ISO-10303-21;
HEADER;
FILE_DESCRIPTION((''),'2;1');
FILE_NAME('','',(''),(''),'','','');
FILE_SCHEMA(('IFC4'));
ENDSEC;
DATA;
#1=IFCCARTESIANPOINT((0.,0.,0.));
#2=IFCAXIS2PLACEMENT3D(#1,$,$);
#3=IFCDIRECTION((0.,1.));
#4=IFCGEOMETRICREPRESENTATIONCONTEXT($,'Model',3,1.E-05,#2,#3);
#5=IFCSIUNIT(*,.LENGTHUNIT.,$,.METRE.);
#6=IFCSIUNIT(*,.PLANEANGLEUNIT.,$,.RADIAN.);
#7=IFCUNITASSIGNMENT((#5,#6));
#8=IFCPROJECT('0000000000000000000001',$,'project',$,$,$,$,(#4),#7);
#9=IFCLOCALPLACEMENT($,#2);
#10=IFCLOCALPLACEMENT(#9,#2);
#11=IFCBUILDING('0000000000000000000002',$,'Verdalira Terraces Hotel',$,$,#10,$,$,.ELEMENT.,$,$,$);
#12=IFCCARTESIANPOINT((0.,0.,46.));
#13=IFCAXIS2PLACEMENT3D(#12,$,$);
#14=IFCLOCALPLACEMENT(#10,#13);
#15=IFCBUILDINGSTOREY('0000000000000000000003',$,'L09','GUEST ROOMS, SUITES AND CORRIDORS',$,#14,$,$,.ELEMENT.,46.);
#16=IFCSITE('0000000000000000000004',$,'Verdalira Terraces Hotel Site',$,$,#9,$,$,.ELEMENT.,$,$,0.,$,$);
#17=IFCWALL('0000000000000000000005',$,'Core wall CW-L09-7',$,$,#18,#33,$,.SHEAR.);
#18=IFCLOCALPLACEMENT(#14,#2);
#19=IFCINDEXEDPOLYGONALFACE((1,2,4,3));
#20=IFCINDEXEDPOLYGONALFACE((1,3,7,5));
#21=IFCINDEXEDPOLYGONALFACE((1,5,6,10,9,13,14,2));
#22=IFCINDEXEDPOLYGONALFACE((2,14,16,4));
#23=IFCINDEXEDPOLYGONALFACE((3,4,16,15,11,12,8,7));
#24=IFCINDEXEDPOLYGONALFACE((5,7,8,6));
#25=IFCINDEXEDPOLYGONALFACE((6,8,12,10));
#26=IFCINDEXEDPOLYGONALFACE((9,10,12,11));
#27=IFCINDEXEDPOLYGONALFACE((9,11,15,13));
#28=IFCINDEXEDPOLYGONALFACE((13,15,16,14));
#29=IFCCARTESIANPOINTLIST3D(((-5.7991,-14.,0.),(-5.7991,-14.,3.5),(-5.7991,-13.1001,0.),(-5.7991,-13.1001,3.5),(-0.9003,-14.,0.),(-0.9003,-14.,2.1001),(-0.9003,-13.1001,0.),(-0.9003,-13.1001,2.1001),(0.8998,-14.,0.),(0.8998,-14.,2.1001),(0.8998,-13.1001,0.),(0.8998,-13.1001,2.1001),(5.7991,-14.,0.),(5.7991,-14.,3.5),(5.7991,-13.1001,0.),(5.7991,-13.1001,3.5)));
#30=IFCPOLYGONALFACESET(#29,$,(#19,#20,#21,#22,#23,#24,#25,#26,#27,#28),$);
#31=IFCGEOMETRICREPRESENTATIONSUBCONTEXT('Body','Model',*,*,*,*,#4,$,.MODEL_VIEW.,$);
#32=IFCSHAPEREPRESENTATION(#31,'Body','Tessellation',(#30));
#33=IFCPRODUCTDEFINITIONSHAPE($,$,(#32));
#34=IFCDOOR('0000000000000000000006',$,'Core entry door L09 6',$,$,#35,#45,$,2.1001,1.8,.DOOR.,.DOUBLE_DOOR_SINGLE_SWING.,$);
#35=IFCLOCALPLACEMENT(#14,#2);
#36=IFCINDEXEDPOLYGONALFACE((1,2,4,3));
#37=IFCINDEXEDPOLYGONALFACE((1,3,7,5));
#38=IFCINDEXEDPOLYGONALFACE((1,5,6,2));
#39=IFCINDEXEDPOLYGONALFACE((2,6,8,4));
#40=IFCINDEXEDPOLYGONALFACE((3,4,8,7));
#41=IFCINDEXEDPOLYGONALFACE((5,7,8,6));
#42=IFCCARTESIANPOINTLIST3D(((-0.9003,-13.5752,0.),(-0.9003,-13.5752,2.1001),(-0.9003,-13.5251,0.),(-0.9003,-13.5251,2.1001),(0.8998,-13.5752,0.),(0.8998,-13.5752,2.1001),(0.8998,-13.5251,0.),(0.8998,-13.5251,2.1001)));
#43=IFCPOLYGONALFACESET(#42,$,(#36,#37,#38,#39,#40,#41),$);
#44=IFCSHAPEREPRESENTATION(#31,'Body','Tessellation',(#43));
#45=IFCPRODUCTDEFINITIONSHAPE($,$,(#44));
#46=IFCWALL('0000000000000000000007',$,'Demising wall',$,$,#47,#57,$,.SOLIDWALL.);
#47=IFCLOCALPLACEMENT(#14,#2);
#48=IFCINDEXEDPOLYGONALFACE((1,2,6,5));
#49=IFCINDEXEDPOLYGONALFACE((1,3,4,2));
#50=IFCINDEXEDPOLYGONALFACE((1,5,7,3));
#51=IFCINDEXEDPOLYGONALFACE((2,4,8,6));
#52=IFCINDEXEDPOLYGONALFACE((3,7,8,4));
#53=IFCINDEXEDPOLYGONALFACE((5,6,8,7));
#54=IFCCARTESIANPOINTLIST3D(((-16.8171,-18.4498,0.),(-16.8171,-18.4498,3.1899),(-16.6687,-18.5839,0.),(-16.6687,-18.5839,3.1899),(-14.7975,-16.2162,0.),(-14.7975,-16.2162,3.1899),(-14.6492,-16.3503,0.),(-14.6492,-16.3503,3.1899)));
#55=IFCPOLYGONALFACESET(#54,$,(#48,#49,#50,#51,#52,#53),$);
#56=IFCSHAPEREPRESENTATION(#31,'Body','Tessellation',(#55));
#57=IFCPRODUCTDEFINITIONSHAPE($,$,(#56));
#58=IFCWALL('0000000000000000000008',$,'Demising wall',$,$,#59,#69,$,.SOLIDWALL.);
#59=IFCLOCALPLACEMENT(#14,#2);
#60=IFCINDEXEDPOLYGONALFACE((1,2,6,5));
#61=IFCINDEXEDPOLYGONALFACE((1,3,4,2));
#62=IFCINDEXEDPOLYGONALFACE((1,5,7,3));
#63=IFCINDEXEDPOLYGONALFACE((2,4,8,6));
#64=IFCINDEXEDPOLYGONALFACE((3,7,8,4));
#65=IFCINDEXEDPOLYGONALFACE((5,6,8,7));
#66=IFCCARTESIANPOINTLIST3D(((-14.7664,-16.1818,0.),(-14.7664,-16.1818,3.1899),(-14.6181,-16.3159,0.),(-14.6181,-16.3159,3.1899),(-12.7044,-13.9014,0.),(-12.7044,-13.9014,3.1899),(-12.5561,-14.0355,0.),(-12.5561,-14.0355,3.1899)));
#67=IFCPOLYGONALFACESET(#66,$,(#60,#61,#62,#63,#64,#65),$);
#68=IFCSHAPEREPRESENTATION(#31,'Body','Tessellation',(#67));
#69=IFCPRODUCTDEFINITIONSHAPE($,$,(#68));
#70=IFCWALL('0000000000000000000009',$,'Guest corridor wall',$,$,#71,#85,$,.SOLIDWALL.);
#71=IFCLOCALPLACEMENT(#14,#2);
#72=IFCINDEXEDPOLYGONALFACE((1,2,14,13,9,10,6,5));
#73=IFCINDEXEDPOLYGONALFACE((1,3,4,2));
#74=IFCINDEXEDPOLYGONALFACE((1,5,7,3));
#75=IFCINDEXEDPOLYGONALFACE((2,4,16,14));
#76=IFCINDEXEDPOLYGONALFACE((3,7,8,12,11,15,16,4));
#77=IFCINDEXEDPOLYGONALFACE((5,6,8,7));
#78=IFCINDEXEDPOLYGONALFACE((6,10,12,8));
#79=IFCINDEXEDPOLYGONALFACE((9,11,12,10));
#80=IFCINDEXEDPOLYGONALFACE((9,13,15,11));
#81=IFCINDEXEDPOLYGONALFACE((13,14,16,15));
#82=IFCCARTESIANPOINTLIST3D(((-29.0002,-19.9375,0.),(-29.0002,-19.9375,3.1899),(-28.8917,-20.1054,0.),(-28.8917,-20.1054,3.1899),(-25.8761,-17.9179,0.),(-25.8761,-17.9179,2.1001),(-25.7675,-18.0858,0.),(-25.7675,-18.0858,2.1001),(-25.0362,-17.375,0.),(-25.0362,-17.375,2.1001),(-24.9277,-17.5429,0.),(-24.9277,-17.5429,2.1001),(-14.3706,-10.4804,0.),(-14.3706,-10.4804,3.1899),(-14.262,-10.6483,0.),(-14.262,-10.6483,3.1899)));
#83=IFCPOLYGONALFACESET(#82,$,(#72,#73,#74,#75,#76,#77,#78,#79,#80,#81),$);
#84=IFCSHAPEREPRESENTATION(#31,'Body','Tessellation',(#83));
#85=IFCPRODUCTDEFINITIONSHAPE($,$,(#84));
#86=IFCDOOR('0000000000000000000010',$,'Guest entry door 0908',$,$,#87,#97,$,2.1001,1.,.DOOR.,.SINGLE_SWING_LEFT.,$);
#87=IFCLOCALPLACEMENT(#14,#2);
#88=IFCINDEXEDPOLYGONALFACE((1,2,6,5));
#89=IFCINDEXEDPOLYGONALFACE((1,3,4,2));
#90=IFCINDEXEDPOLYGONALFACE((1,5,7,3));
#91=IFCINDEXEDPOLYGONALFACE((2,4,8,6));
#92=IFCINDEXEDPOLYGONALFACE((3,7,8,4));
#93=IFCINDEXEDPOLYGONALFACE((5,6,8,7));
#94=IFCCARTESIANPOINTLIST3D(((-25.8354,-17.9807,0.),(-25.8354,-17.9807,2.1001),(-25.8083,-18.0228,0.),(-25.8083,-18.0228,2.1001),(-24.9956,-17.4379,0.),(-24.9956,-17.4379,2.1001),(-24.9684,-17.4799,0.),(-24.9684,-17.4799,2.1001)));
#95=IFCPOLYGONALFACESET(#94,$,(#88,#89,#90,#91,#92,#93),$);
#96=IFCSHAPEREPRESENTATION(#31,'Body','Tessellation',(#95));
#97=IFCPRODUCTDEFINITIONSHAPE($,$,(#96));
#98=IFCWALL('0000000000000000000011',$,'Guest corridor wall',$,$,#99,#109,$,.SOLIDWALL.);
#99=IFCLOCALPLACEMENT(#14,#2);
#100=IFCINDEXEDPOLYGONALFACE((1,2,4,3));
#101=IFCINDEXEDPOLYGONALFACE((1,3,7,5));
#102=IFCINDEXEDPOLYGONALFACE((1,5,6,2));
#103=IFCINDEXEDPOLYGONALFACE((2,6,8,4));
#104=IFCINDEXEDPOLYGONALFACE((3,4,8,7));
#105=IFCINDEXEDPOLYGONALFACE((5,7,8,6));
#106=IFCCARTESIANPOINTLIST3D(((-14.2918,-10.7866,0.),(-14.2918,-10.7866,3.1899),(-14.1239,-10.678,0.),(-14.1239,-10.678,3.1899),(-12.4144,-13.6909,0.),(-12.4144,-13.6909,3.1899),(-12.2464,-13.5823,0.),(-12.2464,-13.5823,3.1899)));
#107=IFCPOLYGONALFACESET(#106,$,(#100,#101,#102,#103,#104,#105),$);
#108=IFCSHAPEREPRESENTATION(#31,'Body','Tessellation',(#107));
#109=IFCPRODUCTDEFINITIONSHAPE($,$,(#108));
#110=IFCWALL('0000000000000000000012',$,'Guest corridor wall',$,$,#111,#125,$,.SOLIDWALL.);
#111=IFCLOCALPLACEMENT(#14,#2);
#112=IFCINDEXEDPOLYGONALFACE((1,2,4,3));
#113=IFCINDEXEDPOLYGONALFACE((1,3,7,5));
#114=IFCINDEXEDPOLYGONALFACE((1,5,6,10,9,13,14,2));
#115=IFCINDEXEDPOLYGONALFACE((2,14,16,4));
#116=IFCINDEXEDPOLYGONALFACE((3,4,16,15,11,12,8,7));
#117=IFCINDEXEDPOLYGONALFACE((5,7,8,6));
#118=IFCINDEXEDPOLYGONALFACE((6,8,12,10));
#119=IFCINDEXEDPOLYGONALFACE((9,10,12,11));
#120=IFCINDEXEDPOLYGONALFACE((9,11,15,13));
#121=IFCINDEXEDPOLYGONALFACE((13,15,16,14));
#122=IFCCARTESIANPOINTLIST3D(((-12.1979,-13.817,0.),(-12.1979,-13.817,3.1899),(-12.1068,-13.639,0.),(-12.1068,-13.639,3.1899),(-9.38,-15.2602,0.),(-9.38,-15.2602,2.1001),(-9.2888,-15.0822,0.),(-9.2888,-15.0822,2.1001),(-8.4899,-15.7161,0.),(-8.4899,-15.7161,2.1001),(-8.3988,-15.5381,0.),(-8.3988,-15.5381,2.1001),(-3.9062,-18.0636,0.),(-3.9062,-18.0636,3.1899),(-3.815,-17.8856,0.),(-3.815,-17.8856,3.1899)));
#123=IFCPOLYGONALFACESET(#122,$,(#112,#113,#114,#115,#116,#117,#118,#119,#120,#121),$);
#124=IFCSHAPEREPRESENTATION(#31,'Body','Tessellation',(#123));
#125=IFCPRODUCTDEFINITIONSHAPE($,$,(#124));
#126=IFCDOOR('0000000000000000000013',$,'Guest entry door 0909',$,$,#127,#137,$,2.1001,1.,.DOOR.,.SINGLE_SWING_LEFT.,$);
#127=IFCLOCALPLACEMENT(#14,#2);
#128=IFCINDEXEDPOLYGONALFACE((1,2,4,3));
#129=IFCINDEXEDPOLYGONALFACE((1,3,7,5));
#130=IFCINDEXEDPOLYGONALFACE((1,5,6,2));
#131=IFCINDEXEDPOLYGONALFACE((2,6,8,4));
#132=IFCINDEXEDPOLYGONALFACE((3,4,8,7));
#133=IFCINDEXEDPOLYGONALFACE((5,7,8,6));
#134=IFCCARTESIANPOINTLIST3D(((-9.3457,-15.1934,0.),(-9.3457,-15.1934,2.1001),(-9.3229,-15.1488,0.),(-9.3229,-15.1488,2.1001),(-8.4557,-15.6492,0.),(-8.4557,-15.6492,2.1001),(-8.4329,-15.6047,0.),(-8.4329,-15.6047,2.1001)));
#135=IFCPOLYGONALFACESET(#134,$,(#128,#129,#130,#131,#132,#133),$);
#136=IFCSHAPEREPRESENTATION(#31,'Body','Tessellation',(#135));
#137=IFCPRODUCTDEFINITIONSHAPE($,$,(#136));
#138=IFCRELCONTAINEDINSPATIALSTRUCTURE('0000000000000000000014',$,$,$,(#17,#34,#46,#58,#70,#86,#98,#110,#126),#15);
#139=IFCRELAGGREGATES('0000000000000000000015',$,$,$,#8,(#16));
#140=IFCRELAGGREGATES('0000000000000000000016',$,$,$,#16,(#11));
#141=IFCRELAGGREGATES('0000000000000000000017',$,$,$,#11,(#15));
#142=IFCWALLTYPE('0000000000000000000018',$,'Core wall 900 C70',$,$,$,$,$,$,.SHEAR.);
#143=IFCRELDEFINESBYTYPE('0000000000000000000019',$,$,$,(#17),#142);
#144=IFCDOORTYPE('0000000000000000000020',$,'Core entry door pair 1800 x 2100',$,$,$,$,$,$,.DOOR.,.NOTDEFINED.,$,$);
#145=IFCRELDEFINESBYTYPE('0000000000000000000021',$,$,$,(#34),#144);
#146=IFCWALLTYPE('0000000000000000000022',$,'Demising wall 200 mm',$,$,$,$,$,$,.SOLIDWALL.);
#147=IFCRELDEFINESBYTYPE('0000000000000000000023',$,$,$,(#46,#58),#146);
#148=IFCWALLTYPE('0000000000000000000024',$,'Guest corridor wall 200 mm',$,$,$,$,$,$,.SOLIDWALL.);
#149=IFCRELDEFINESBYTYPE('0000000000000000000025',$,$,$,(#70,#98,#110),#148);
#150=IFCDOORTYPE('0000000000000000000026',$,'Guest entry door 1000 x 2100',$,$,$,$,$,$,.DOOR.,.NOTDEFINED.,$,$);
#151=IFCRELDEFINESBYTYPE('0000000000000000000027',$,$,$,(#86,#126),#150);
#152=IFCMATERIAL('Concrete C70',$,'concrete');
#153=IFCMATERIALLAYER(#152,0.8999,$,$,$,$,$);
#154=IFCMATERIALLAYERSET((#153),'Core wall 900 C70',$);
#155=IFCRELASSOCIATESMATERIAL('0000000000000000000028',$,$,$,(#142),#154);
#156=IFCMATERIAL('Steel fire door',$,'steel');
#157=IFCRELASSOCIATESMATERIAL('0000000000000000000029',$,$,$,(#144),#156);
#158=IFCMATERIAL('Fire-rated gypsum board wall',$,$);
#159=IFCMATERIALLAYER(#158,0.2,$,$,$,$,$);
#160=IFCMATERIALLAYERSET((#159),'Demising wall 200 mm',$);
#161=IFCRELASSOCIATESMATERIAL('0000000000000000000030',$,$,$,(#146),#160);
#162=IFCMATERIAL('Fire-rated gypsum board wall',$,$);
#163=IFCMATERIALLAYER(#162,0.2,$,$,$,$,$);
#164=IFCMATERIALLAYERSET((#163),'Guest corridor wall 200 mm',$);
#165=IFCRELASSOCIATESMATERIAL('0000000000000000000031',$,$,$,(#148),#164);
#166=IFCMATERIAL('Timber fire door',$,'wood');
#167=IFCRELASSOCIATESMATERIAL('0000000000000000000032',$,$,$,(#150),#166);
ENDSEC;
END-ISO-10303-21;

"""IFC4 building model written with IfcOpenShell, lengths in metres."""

from ifc_helpers import new_model, si_unit, direction, frame, frame_2d, origin, place, context, subcontext, project, spatial, rectangle, extrude, material, layer, layer_set, type_object, element, fill, save


model = new_model("IFC4")

# Units and contexts
model_context = context("Model", 3, precision=1e-05, world=origin(), true_north=direction((0.0, 1.0)))
body_context = subcontext(model_context, "Body", "Model", "MODEL_VIEW")
ifc_project = project(units=[si_unit("LENGTHUNIT", "METRE"), si_unit("PLANEANGLEUNIT", "RADIAN")], contexts=[model_context])

# Site, building, storey
site_placement = place(None, origin())
site = spatial("IfcSite", under=ifc_project, at=site_placement, Name="Verdalira Terraces Hotel Site", CompositionType="ELEMENT", RefElevation=0.0)
building_placement = place(site_placement, origin())
building = spatial("IfcBuilding", under=site, at=building_placement, Name="Verdalira Terraces Hotel", CompositionType="ELEMENT")
storey_placement = place(building_placement, frame((0.0, 0.0, 46.0)))
storey = spatial("IfcBuildingStorey", under=building, at=storey_placement, Name="L09", Description="GUEST ROOMS, SUITES AND CORRIDORS", CompositionType="ELEMENT", Elevation=46.0)

# Wall, opening, door
ifc_material_1 = material(Name="Concrete C70", Category="concrete")
ifc_layer_1 = layer(ifc_material_1, 0.8999)
ifc_layer_set_1 = layer_set([ifc_layer_1], Name="Core wall 900 C70")
wall_type_1 = type_object("IfcWallType", Name="Core wall 900 C70", PredefinedType="SHEAR", material=ifc_layer_set_1)
wall_1_placement = place(storey_placement, frame((-5.7991, -13.55, 0.0), z_axis=(0.0, 0.0, 1.0), x_axis=(1.0, 0.0, 0.0)))
wall_1 = element("IfcWall", 1, at=wall_1_placement, inside=storey, type_object=wall_type_1, Name="Core wall CW-L09-7", PredefinedType="SHEAR", context=body_context, shape_type="SweptSolid", body=[
    extrude(rectangle(XDim=11.5981, YDim=0.8999, at=frame_2d((5.7991, 0.0))), origin(), (0.0, 0.0, 1.0), 3.5),
])
opening_1_placement = place(wall_1_placement, frame((4.8989, 0.0, 0.0)))
opening_1 = element("IfcOpeningElement", 2, at=opening_1_placement, cuts=wall_1, PredefinedType="OPENING", context=body_context, shape_type="SweptSolid", body=[
    extrude(rectangle(XDim=1.8, YDim=2.1001, at=frame_2d((0.8999, 1.05))), frame((0.0, 0.46, 0.0), z_axis=(0.0, -1.0, 0.0), x_axis=(1.0, 0.0, 0.0)), (0.0, 0.0, 1.0), 0.9199),
])
ifc_material_2 = material(Name="Steel fire door", Category="steel")
door_type_1 = type_object("IfcDoorType", Name="Core entry door pair 1800 x 2100", OperationType="NOTDEFINED", PredefinedType="DOOR", material=ifc_material_2)
door_1_placement = place(opening_1_placement, origin())
door_1 = element("IfcDoor", 3, at=door_1_placement, inside=storey, type_object=door_type_1, Name="Core entry door L09 6", OperationType="DOUBLE_DOOR_SINGLE_SWING", OverallHeight=2.1001, OverallWidth=1.8, PredefinedType="DOOR", context=body_context, shape_type="SweptSolid", body=[
    extrude(rectangle(XDim=1.8, YDim=2.1001, at=frame_2d((0.8999, 1.05))), frame((0.0, 0.0249, 0.0), z_axis=(0.0, -1.0, 0.0), x_axis=(1.0, 0.0, 0.0)), (0.0, 0.0, 1.0), 0.05),
])
fill(opening_1, door_1)

# Walls
ifc_material_3 = material(Name="Fire-rated gypsum board wall")
ifc_layer_2 = layer(ifc_material_3, 0.2)
ifc_layer_set_2 = layer_set([ifc_layer_2], Name="Demising wall 200 mm")
wall_type_2 = type_object("IfcWallType", Name="Demising wall 200 mm", PredefinedType="SOLIDWALL", material=ifc_layer_set_2)
wall_2_placement = place(storey_placement, frame((-14.7234, -16.2832, 0.0), z_axis=(0.0, 0.0, 1.0), x_axis=(-0.670661, -0.741764, 0.0)))
element("IfcWall", 4, at=wall_2_placement, inside=storey, type_object=wall_type_2, Name="Demising wall", PredefinedType="SOLIDWALL", context=body_context, shape_type="SweptSolid", body=[
    extrude(rectangle(XDim=3.0112, YDim=0.2, at=frame_2d((1.5056, 0.0))), origin(), (0.0, 0.0, 1.0), 3.1899),
])
wall_3_placement = place(storey_placement, frame((-12.6304, -13.9685, 0.0), z_axis=(0.0, 0.0, 1.0), x_axis=(-0.670678, -0.741748, 0.0)))
element("IfcWall", 5, at=wall_3_placement, inside=storey, type_object=wall_type_2, Name="Demising wall", PredefinedType="SOLIDWALL", context=body_context, shape_type="SweptSolid", body=[
    extrude(rectangle(XDim=3.0745, YDim=0.2, at=frame_2d((1.5371, 0.0))), origin(), (0.0, 0.0, 1.0), 3.1899),
])

# Wall, opening, door
ifc_material_4 = material(Name="Fire-rated gypsum board wall")
ifc_layer_3 = layer(ifc_material_4, 0.2)
ifc_layer_set_3 = layer_set([ifc_layer_3], Name="Guest corridor wall 200 mm")
wall_type_3 = type_object("IfcWallType", Name="Guest corridor wall 200 mm", PredefinedType="SOLIDWALL", material=ifc_layer_set_3)
wall_4_placement = place(storey_placement, frame((-14.3164, -10.5645, 0.0), z_axis=(0.0, 0.0, 1.0), x_axis=(-0.839811, -0.542879, 0.0)))
wall_4 = element("IfcWall", 6, at=wall_4_placement, inside=storey, type_object=wall_type_3, Name="Guest corridor wall", PredefinedType="SOLIDWALL", context=body_context, shape_type="SweptSolid", body=[
    extrude(rectangle(XDim=17.4202, YDim=0.2, at=frame_2d((8.71, 0.0))), origin(), (0.0, 0.0, 1.0), 3.1899),
])
opening_2_placement = place(wall_4_placement, frame((12.7, 0.0, 0.0)))
opening_2 = element("IfcOpeningElement", 7, at=opening_2_placement, cuts=wall_4, PredefinedType="OPENING", context=body_context, shape_type="SweptSolid", body=[
    extrude(rectangle(XDim=1.0, YDim=2.1001, at=frame_2d((0.5, 1.05))), frame((0.0, 0.1099, 0.0), z_axis=(0.0, -1.0, 0.0), x_axis=(1.0, 0.0, 0.0)), (0.0, 0.0, 1.0), 0.22),
])
ifc_material_5 = material(Name="Timber fire door", Category="wood")
door_type_2 = type_object("IfcDoorType", Name="Guest entry door 1000 x 2100", OperationType="NOTDEFINED", PredefinedType="DOOR", material=ifc_material_5)
door_2_placement = place(opening_2_placement, origin())
door_2 = element("IfcDoor", 8, at=door_2_placement, inside=storey, type_object=door_type_2, Name="Guest entry door 0908", OperationType="SINGLE_SWING_LEFT", OverallHeight=2.1001, OverallWidth=1.0, PredefinedType="DOOR", context=body_context, shape_type="SweptSolid", body=[
    extrude(rectangle(XDim=1.0, YDim=2.1001, at=frame_2d((0.5, 1.05))), frame((0.0, 0.0249, 0.0), z_axis=(0.0, -1.0, 0.0), x_axis=(1.0, 0.0, 0.0)), (0.0, 0.0, 1.0), 0.05),
])
fill(opening_2, door_2)

# Wall
wall_5_placement = place(storey_placement, frame((-14.2078, -10.7324, 0.0), z_axis=(0.0, 0.0, 1.0), x_axis=(0.542882, -0.839809, 0.0)))
element("IfcWall", 9, at=wall_5_placement, inside=storey, type_object=wall_type_3, Name="Guest corridor wall", PredefinedType="SOLIDWALL", context=body_context, shape_type="SweptSolid", body=[
    extrude(rectangle(XDim=3.4583, YDim=0.2, at=frame_2d((1.729, 0.0))), origin(), (0.0, 0.0, 1.0), 3.1899),
])

# Wall, opening, door
wall_6_placement = place(storey_placement, frame((-3.8606, -17.9746, 0.0), z_axis=(0.0, 0.0, 1.0), x_axis=(-0.890061, 0.455841, 0.0)))
wall_6 = element("IfcWall", 10, at=wall_6_placement, inside=storey, type_object=wall_type_3, Name="Guest corridor wall", PredefinedType="SOLIDWALL", context=body_context, shape_type="SweptSolid", body=[
    extrude(rectangle(XDim=9.3159, YDim=0.2, at=frame_2d((4.658, 0.0))), origin(), (0.0, 0.0, 1.0), 3.1899),
])
opening_3_placement = place(wall_6_placement, frame((5.1499, 0.0, 0.0)))
opening_3 = element("IfcOpeningElement", 11, at=opening_3_placement, cuts=wall_6, PredefinedType="OPENING", context=body_context, shape_type="SweptSolid", body=[
    extrude(rectangle(XDim=1.0, YDim=2.1001, at=frame_2d((0.5, 1.05))), frame((0.0, 0.1099, 0.0), z_axis=(0.0, -1.0, 0.0), x_axis=(1.0, 0.0, 0.0)), (0.0, 0.0, 1.0), 0.22),
])
door_3_placement = place(opening_3_placement, origin())
door_3 = element("IfcDoor", 12, at=door_3_placement, inside=storey, type_object=door_type_2, Name="Guest entry door 0909", OperationType="SINGLE_SWING_LEFT", OverallHeight=2.1001, OverallWidth=1.0, PredefinedType="DOOR", context=body_context, shape_type="SweptSolid", body=[
    extrude(rectangle(XDim=1.0, YDim=2.1001, at=frame_2d((0.5, 1.05))), frame((0.0, 0.0249, 0.0), z_axis=(0.0, -1.0, 0.0), x_axis=(1.0, 0.0, 0.0)), (0.0, 0.0, 1.0), 0.05),
])
fill(opening_3, door_3)

save(model, "model.ifc")
